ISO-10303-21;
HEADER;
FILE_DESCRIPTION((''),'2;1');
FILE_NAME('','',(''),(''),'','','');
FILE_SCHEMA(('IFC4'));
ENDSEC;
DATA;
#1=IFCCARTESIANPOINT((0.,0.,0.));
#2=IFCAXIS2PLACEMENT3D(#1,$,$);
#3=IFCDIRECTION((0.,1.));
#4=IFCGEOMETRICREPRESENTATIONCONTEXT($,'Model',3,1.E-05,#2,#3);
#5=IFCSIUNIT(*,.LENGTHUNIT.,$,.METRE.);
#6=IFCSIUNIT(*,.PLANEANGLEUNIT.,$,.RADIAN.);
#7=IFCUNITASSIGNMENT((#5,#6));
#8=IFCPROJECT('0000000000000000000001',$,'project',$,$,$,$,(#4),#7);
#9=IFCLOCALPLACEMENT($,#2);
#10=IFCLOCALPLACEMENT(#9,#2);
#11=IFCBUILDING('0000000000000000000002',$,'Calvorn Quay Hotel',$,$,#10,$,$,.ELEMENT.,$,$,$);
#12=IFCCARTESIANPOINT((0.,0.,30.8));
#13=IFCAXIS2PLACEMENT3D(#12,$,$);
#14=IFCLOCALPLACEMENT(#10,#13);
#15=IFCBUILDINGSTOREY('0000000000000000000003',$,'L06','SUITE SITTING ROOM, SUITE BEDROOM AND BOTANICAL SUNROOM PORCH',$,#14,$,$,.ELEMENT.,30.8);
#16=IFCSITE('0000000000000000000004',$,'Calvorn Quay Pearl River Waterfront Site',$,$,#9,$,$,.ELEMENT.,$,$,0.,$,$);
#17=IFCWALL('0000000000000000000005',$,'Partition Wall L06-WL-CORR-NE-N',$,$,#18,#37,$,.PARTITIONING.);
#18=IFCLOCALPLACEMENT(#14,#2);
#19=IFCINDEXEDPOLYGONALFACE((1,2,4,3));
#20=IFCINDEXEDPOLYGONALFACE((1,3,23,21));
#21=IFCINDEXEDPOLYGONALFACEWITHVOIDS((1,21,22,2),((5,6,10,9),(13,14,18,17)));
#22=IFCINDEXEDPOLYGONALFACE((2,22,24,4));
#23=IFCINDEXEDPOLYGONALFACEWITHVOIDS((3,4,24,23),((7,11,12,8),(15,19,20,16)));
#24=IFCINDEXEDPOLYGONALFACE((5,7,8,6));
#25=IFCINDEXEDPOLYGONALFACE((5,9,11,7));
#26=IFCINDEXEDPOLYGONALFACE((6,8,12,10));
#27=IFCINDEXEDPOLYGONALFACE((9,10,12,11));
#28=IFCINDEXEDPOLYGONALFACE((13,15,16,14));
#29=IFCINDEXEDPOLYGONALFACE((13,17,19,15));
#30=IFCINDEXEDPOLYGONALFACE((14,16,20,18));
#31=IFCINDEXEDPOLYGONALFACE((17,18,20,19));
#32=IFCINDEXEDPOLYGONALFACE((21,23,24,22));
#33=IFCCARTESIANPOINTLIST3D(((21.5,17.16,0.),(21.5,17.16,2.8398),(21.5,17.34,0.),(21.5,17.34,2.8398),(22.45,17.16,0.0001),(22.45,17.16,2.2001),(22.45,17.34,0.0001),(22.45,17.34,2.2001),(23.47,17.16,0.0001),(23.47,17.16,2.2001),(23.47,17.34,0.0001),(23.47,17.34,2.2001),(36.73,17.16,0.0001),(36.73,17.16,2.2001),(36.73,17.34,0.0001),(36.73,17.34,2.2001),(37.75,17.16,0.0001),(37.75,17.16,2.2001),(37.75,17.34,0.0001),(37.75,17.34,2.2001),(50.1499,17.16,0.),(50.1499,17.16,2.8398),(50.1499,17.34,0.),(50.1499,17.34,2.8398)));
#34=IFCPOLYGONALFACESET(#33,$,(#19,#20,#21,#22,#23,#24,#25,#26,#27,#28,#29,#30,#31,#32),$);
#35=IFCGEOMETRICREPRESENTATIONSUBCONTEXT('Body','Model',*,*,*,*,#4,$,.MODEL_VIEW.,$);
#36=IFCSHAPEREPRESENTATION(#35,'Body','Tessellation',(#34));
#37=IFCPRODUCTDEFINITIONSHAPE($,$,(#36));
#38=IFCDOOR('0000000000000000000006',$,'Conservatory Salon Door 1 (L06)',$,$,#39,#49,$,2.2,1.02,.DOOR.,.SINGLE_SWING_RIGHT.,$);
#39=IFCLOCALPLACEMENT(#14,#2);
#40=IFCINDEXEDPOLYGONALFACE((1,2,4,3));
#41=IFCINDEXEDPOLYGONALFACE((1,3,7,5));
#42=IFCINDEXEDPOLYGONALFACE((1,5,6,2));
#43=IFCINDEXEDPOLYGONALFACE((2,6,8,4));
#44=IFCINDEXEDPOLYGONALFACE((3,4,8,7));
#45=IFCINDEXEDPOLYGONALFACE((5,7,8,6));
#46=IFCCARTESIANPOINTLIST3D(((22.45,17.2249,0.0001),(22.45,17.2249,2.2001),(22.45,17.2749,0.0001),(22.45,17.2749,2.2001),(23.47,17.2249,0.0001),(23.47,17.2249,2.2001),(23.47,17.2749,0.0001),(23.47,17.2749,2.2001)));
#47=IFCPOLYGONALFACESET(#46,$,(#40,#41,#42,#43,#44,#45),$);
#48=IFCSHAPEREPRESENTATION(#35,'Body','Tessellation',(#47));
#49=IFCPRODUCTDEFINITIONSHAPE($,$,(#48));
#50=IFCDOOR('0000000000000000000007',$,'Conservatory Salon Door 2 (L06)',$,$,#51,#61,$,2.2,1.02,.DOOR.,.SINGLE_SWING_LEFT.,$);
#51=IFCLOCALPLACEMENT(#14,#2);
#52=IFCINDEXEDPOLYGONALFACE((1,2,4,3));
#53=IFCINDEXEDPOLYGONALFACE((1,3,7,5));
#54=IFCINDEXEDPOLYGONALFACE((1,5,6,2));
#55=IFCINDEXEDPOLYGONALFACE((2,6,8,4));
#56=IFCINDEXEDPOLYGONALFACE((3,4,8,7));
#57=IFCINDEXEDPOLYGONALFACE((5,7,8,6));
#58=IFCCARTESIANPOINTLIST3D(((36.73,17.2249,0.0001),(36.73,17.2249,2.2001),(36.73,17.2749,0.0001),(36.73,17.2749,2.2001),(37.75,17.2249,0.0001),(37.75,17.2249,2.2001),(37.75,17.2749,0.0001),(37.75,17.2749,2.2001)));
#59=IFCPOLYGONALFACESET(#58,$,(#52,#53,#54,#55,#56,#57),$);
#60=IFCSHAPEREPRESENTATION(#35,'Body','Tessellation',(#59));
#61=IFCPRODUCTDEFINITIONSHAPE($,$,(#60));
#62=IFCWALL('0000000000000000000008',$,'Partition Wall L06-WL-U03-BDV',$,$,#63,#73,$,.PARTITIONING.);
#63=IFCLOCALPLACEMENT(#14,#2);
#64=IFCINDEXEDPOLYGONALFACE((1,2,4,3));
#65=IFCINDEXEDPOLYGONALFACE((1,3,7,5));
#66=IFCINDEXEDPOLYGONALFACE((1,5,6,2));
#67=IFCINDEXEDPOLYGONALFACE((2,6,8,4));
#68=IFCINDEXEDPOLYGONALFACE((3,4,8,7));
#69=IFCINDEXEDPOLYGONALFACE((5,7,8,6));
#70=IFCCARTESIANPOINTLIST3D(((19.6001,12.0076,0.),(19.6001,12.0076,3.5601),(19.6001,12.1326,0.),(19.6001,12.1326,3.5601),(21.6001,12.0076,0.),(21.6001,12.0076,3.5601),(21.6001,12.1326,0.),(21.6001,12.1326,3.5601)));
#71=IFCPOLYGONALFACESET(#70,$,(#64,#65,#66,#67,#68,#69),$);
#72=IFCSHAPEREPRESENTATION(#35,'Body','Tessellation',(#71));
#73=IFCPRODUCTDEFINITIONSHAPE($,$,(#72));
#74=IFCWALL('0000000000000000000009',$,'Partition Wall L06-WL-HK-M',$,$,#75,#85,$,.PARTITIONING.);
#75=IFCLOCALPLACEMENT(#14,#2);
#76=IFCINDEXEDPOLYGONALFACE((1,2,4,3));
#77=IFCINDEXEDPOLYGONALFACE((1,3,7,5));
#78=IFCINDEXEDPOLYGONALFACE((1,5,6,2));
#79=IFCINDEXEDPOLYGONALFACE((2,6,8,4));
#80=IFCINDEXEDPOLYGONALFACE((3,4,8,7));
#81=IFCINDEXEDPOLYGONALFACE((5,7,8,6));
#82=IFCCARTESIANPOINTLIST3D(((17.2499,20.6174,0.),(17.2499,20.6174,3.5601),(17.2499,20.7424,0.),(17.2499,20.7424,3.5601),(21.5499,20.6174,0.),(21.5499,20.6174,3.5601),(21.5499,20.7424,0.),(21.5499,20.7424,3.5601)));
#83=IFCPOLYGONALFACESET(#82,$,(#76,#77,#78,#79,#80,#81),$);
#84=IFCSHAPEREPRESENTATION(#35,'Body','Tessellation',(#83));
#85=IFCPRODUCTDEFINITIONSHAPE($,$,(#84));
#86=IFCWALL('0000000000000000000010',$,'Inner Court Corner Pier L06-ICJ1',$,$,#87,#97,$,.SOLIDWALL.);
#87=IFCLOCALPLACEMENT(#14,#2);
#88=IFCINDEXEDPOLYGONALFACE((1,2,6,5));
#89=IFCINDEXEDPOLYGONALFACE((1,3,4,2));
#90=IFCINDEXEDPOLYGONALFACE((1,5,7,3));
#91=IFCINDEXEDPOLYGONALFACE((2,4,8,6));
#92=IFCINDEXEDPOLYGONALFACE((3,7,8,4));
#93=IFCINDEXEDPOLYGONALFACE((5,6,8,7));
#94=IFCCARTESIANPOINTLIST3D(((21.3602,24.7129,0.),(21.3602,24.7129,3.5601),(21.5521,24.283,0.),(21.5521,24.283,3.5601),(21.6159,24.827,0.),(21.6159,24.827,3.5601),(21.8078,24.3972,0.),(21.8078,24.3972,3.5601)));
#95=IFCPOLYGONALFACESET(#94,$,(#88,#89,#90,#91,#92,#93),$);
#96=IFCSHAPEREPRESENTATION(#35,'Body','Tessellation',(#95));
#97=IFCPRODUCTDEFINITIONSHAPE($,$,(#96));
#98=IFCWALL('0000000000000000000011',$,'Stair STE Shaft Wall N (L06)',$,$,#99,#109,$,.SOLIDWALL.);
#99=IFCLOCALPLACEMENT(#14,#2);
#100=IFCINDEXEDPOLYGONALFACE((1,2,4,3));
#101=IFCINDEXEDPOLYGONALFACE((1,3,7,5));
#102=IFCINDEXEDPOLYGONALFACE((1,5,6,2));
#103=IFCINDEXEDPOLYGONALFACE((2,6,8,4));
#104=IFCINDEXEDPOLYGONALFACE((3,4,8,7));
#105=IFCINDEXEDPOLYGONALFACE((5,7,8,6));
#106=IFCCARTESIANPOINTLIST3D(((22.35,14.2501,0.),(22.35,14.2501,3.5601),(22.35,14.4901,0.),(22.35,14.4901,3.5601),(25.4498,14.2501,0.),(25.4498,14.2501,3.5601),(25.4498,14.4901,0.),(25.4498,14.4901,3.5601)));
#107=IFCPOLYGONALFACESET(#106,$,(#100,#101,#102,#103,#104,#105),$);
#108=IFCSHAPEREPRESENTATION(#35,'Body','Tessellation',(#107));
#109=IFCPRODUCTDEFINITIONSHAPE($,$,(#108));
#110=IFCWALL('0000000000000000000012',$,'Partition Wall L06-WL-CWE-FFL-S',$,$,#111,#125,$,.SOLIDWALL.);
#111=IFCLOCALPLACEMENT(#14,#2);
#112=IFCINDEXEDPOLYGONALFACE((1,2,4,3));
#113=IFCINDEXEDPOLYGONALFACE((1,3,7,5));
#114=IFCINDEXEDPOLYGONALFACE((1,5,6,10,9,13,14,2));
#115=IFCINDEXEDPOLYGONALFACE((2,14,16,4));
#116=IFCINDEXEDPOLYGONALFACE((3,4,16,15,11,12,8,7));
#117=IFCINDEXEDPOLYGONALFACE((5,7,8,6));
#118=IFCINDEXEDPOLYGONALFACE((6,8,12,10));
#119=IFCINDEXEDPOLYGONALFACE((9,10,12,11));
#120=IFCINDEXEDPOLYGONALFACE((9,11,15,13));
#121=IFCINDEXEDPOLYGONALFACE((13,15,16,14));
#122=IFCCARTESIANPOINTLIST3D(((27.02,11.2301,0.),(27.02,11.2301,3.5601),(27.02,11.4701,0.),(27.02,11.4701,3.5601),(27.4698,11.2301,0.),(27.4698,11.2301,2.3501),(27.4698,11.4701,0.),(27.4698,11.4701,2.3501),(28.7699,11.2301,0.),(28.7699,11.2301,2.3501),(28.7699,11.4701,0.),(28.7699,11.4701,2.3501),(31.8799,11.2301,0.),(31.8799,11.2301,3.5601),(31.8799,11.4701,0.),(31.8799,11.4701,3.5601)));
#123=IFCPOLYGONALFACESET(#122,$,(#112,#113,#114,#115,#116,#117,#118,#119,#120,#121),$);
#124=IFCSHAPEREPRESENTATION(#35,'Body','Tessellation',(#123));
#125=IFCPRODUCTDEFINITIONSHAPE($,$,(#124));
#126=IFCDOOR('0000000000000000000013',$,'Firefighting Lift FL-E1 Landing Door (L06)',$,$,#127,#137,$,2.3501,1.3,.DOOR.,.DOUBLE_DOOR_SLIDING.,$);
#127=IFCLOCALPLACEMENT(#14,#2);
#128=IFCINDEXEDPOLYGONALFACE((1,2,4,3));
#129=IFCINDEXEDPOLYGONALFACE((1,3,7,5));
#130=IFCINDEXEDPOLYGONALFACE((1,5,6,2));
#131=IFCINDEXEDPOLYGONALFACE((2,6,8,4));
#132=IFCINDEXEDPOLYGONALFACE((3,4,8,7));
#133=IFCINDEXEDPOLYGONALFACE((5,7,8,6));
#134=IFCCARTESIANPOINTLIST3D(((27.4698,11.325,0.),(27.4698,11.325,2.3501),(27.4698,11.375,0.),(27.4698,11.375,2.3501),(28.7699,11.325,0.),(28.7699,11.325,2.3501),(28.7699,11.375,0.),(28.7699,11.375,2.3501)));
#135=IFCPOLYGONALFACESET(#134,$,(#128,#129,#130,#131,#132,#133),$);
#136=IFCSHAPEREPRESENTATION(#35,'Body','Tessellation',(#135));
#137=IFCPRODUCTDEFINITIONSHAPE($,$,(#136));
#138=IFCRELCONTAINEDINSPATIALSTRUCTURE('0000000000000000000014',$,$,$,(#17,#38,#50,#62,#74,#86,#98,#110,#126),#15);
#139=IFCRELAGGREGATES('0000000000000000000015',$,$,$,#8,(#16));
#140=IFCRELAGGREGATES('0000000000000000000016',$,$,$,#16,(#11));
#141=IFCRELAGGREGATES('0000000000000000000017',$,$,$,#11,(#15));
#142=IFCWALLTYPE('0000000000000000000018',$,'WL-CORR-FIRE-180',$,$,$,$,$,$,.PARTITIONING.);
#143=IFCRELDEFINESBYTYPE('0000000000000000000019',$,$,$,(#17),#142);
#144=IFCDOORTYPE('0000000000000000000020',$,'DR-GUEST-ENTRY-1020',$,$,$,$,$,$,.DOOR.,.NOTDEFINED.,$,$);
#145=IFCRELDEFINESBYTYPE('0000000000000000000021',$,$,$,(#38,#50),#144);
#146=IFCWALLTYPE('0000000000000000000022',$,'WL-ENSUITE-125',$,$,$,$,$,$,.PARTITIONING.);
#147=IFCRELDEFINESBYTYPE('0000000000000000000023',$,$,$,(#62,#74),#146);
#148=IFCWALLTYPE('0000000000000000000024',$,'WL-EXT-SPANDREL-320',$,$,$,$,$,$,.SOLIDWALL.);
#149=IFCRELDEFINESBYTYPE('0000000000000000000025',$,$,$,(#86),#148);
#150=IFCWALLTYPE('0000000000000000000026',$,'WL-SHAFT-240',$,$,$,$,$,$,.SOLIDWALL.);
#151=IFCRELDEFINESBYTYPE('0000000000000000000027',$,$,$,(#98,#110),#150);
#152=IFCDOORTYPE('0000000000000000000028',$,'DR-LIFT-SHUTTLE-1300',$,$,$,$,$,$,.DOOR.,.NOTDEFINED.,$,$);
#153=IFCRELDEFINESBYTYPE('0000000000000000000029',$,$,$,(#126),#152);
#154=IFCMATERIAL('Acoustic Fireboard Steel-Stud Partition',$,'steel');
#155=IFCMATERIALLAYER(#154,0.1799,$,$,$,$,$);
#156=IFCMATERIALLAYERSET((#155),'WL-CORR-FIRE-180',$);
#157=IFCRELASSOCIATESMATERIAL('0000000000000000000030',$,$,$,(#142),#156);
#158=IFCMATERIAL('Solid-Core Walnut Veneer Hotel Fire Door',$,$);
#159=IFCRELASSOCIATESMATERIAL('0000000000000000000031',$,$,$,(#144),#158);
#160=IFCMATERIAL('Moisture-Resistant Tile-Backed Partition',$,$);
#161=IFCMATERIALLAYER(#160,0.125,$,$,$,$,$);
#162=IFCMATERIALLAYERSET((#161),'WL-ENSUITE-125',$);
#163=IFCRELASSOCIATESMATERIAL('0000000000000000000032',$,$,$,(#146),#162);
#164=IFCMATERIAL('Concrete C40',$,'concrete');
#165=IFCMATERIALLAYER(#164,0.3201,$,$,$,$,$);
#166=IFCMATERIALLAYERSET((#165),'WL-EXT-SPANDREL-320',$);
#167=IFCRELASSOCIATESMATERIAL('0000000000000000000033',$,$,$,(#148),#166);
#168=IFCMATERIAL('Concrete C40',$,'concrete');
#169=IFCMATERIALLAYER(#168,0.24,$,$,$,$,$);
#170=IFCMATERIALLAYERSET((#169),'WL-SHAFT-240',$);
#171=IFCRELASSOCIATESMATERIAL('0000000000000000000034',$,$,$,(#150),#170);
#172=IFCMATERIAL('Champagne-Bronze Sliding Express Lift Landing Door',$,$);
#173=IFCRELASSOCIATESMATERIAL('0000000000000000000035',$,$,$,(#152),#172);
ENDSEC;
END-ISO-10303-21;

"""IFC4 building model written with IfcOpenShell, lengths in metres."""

from ifc_helpers import new_model, si_unit, direction, frame, frame_2d, origin, place, context, subcontext, project, spatial, rectangle, extrude, material, layer, layer_set, type_object, element, fill, save


model = new_model("IFC4")

# Units and contexts
model_context = context("Model", 3, precision=1e-05, world=origin(), true_north=direction((0.0, 1.0)))
body_context = subcontext(model_context, "Body", "Model", "MODEL_VIEW")
ifc_project = project(units=[si_unit("LENGTHUNIT", "METRE"), si_unit("PLANEANGLEUNIT", "RADIAN")], contexts=[model_context])

# Site, building, storey
site_placement = place(None, origin())
site = spatial("IfcSite", under=ifc_project, at=site_placement, Name="Calvorn Quay Pearl River Waterfront Site", CompositionType="ELEMENT", RefElevation=0.0)
building_placement = place(site_placement, origin())
building = spatial("IfcBuilding", under=site, at=building_placement, Name="Calvorn Quay Hotel", CompositionType="ELEMENT")
storey_placement = place(building_placement, frame((0.0, 0.0, 30.8)))
storey = spatial("IfcBuildingStorey", under=building, at=storey_placement, Name="L06", Description="SUITE SITTING ROOM, SUITE BEDROOM AND BOTANICAL SUNROOM PORCH", CompositionType="ELEMENT", Elevation=30.8)

# Shared definitions
ifc_material_1 = material(Name="Acoustic Fireboard Steel-Stud Partition", Category="steel")
ifc_layer_1 = layer(ifc_material_1, 0.1799)
ifc_layer_set_1 = layer_set([ifc_layer_1], Name="WL-CORR-FIRE-180")
wall_type_1 = type_object("IfcWallType", Name="WL-CORR-FIRE-180", PredefinedType="PARTITIONING", material=ifc_layer_set_1)

# Wall, openings, doors
ifc_material_2 = material(Name="Solid-Core Walnut Veneer Hotel Fire Door")
door_type_1 = type_object("IfcDoorType", Name="DR-GUEST-ENTRY-1020", OperationType="NOTDEFINED", PredefinedType="DOOR", material=ifc_material_2)
wall_1_placement = place(storey_placement, frame((21.5, 17.25, 0.0), z_axis=(0.0, 0.0, 1.0), x_axis=(1.0, 0.0, 0.0)))
wall_1 = element("IfcWall", 1, at=wall_1_placement, inside=storey, type_object=wall_type_1, Name="Partition Wall L06-WL-CORR-NE-N", PredefinedType="PARTITIONING", context=body_context, shape_type="SweptSolid", body=[
    extrude(rectangle(XDim=28.6499, YDim=0.1799, at=frame_2d((14.325, 0.0))), origin(), (0.0, 0.0, 1.0), 2.8398),
])
opening_1_placement = place(wall_1_placement, frame((0.95, 0.0, 0.0)))
opening_1 = element("IfcOpeningElement", 2, at=opening_1_placement, cuts=wall_1, PredefinedType="OPENING", context=body_context, shape_type="SweptSolid", body=[
    extrude(rectangle(XDim=1.02, YDim=2.2, at=frame_2d((0.51, 1.1001))), frame((0.0, 0.0999, 0.0), z_axis=(0.0, -1.0, 0.0), x_axis=(1.0, 0.0, 0.0)), (0.0, 0.0, 1.0), 0.2),
])
opening_2_placement = place(wall_1_placement, frame((15.23, 0.0, 0.0)))
opening_2 = element("IfcOpeningElement", 3, at=opening_2_placement, cuts=wall_1, PredefinedType="OPENING", context=body_context, shape_type="SweptSolid", body=[
    extrude(rectangle(XDim=1.02, YDim=2.2, at=frame_2d((0.51, 1.1001))), frame((0.0, 0.0999, 0.0), z_axis=(0.0, -1.0, 0.0), x_axis=(1.0, 0.0, 0.0)), (0.0, 0.0, 1.0), 0.2),
])
door_1_placement = place(opening_1_placement, origin())
door_1 = element("IfcDoor", 4, at=door_1_placement, inside=storey, type_object=door_type_1, Name="Conservatory Salon Door 1 (L06)", OperationType="SINGLE_SWING_RIGHT", OverallHeight=2.2, OverallWidth=1.02, PredefinedType="DOOR", context=body_context, shape_type="SweptSolid", body=[
    extrude(rectangle(XDim=1.02, YDim=2.2, at=frame_2d((0.51, 1.1001))), frame((0.0, 0.0249, 0.0), z_axis=(0.0, -1.0, 0.0), x_axis=(1.0, 0.0, 0.0)), (0.0, 0.0, 1.0), 0.05),
])
fill(opening_1, door_1)
door_2_placement = place(opening_2_placement, origin())
door_2 = element("IfcDoor", 5, at=door_2_placement, inside=storey, type_object=door_type_1, Name="Conservatory Salon Door 2 (L06)", OperationType="SINGLE_SWING_LEFT", OverallHeight=2.2, OverallWidth=1.02, PredefinedType="DOOR", context=body_context, shape_type="SweptSolid", body=[
    extrude(rectangle(XDim=1.02, YDim=2.2, at=frame_2d((0.51, 1.1001))), frame((0.0, 0.0249, 0.0), z_axis=(0.0, -1.0, 0.0), x_axis=(1.0, 0.0, 0.0)), (0.0, 0.0, 1.0), 0.05),
])
fill(opening_2, door_2)

# Walls
ifc_material_3 = material(Name="Moisture-Resistant Tile-Backed Partition")
ifc_layer_2 = layer(ifc_material_3, 0.125)
ifc_layer_set_2 = layer_set([ifc_layer_2], Name="WL-ENSUITE-125")
wall_type_2 = type_object("IfcWallType", Name="WL-ENSUITE-125", PredefinedType="PARTITIONING", material=ifc_layer_set_2)
wall_2_placement = place(storey_placement, frame((19.6001, 12.0701, 0.0), z_axis=(0.0, 0.0, 1.0), x_axis=(1.0, 0.0, 0.0)))
element("IfcWall", 6, at=wall_2_placement, inside=storey, type_object=wall_type_2, Name="Partition Wall L06-WL-U03-BDV", PredefinedType="PARTITIONING", context=body_context, shape_type="SweptSolid", body=[
    extrude(rectangle(XDim=2.0, YDim=0.125, at=frame_2d((1.0, 0.0))), origin(), (0.0, 0.0, 1.0), 3.5601),
])
wall_3_placement = place(storey_placement, frame((17.25, 20.6799, 0.0), z_axis=(0.0, 0.0, 1.0), x_axis=(1.0, 0.0, 0.0)))
element("IfcWall", 7, at=wall_3_placement, inside=storey, type_object=wall_type_2, Name="Partition Wall L06-WL-HK-M", PredefinedType="PARTITIONING", context=body_context, shape_type="SweptSolid", body=[
    extrude(rectangle(XDim=4.3, YDim=0.125, at=frame_2d((2.1499, 0.0))), origin(), (0.0, 0.0, 1.0), 3.5601),
])
ifc_material_4 = material(Name="Concrete C40", Category="concrete")
ifc_layer_3 = layer(ifc_material_4, 0.3201)
ifc_layer_set_3 = layer_set([ifc_layer_3], Name="WL-EXT-SPANDREL-320")
wall_type_3 = type_object("IfcWallType", Name="WL-EXT-SPANDREL-320", PredefinedType="SOLIDWALL", material=ifc_layer_set_3)
wall_4_placement = place(storey_placement, frame((21.6799, 24.3401, 0.0), z_axis=(0.0, 0.0, 1.0), x_axis=(-0.407581, 0.913169, 0.0)))
element("IfcWall", 8, at=wall_4_placement, inside=storey, type_object=wall_type_3, Name="Inner Court Corner Pier L06-ICJ1", PredefinedType="SOLIDWALL", context=body_context, shape_type="SweptSolid", body=[
    extrude(rectangle(XDim=0.4707, YDim=0.28, at=frame_2d((0.2354, 0.0))), origin(), (0.0, 0.0, 1.0), 3.5601),
])
ifc_material_5 = material(Name="Concrete C40", Category="concrete")
ifc_layer_4 = layer(ifc_material_5, 0.24)
ifc_layer_set_4 = layer_set([ifc_layer_4], Name="WL-SHAFT-240")
wall_type_4 = type_object("IfcWallType", Name="WL-SHAFT-240", PredefinedType="SOLIDWALL", material=ifc_layer_set_4)
wall_5_placement = place(storey_placement, frame((22.3501, 14.3701, 0.0), z_axis=(0.0, 0.0, 1.0), x_axis=(1.0, 0.0, 0.0)))
element("IfcWall", 9, at=wall_5_placement, inside=storey, type_object=wall_type_4, Name="Stair STE Shaft Wall N (L06)", PredefinedType="SOLIDWALL", context=body_context, shape_type="SweptSolid", body=[
    extrude(rectangle(XDim=3.0999, YDim=0.24, at=frame_2d((1.5498, 0.0))), origin(), (0.0, 0.0, 1.0), 3.5601),
])

# Wall, opening, door
wall_6_placement = place(storey_placement, frame((27.02, 11.3501, 0.0), z_axis=(0.0, 0.0, 1.0), x_axis=(1.0, 0.0, 0.0)))
wall_6 = element("IfcWall", 10, at=wall_6_placement, inside=storey, type_object=wall_type_4, Name="Partition Wall L06-WL-CWE-FFL-S", PredefinedType="SOLIDWALL", context=body_context, shape_type="SweptSolid", body=[
    extrude(rectangle(XDim=4.8599, YDim=0.24, at=frame_2d((2.4299, 0.0))), origin(), (0.0, 0.0, 1.0), 3.5601),
])
opening_3_placement = place(wall_6_placement, frame((0.45, 0.0, 0.0)))
opening_3 = element("IfcOpeningElement", 11, at=opening_3_placement, cuts=wall_6, PredefinedType="OPENING", context=body_context, shape_type="SweptSolid", body=[
    extrude(rectangle(XDim=1.3, YDim=2.3501, at=frame_2d((0.6499, 1.175))), frame((0.0, 0.1299, 0.0), z_axis=(0.0, -1.0, 0.0), x_axis=(1.0, 0.0, 0.0)), (0.0, 0.0, 1.0), 0.26),
])
ifc_material_6 = material(Name="Champagne-Bronze Sliding Express Lift Landing Door")
door_type_2 = type_object("IfcDoorType", Name="DR-LIFT-SHUTTLE-1300", OperationType="NOTDEFINED", PredefinedType="DOOR", material=ifc_material_6)
door_3_placement = place(opening_3_placement, origin())
door_3 = element("IfcDoor", 12, at=door_3_placement, inside=storey, type_object=door_type_2, Name="Firefighting Lift FL-E1 Landing Door (L06)", OperationType="DOUBLE_DOOR_SLIDING", OverallHeight=2.3501, OverallWidth=1.3, PredefinedType="DOOR", context=body_context, shape_type="SweptSolid", body=[
    extrude(rectangle(XDim=1.3, YDim=2.3501, at=frame_2d((0.6499, 1.175))), frame((0.0, 0.0249, 0.0), z_axis=(0.0, -1.0, 0.0), x_axis=(1.0, 0.0, 0.0)), (0.0, 0.0, 1.0), 0.05),
])
fill(opening_3, door_3)

save(model, "model.ifc")
